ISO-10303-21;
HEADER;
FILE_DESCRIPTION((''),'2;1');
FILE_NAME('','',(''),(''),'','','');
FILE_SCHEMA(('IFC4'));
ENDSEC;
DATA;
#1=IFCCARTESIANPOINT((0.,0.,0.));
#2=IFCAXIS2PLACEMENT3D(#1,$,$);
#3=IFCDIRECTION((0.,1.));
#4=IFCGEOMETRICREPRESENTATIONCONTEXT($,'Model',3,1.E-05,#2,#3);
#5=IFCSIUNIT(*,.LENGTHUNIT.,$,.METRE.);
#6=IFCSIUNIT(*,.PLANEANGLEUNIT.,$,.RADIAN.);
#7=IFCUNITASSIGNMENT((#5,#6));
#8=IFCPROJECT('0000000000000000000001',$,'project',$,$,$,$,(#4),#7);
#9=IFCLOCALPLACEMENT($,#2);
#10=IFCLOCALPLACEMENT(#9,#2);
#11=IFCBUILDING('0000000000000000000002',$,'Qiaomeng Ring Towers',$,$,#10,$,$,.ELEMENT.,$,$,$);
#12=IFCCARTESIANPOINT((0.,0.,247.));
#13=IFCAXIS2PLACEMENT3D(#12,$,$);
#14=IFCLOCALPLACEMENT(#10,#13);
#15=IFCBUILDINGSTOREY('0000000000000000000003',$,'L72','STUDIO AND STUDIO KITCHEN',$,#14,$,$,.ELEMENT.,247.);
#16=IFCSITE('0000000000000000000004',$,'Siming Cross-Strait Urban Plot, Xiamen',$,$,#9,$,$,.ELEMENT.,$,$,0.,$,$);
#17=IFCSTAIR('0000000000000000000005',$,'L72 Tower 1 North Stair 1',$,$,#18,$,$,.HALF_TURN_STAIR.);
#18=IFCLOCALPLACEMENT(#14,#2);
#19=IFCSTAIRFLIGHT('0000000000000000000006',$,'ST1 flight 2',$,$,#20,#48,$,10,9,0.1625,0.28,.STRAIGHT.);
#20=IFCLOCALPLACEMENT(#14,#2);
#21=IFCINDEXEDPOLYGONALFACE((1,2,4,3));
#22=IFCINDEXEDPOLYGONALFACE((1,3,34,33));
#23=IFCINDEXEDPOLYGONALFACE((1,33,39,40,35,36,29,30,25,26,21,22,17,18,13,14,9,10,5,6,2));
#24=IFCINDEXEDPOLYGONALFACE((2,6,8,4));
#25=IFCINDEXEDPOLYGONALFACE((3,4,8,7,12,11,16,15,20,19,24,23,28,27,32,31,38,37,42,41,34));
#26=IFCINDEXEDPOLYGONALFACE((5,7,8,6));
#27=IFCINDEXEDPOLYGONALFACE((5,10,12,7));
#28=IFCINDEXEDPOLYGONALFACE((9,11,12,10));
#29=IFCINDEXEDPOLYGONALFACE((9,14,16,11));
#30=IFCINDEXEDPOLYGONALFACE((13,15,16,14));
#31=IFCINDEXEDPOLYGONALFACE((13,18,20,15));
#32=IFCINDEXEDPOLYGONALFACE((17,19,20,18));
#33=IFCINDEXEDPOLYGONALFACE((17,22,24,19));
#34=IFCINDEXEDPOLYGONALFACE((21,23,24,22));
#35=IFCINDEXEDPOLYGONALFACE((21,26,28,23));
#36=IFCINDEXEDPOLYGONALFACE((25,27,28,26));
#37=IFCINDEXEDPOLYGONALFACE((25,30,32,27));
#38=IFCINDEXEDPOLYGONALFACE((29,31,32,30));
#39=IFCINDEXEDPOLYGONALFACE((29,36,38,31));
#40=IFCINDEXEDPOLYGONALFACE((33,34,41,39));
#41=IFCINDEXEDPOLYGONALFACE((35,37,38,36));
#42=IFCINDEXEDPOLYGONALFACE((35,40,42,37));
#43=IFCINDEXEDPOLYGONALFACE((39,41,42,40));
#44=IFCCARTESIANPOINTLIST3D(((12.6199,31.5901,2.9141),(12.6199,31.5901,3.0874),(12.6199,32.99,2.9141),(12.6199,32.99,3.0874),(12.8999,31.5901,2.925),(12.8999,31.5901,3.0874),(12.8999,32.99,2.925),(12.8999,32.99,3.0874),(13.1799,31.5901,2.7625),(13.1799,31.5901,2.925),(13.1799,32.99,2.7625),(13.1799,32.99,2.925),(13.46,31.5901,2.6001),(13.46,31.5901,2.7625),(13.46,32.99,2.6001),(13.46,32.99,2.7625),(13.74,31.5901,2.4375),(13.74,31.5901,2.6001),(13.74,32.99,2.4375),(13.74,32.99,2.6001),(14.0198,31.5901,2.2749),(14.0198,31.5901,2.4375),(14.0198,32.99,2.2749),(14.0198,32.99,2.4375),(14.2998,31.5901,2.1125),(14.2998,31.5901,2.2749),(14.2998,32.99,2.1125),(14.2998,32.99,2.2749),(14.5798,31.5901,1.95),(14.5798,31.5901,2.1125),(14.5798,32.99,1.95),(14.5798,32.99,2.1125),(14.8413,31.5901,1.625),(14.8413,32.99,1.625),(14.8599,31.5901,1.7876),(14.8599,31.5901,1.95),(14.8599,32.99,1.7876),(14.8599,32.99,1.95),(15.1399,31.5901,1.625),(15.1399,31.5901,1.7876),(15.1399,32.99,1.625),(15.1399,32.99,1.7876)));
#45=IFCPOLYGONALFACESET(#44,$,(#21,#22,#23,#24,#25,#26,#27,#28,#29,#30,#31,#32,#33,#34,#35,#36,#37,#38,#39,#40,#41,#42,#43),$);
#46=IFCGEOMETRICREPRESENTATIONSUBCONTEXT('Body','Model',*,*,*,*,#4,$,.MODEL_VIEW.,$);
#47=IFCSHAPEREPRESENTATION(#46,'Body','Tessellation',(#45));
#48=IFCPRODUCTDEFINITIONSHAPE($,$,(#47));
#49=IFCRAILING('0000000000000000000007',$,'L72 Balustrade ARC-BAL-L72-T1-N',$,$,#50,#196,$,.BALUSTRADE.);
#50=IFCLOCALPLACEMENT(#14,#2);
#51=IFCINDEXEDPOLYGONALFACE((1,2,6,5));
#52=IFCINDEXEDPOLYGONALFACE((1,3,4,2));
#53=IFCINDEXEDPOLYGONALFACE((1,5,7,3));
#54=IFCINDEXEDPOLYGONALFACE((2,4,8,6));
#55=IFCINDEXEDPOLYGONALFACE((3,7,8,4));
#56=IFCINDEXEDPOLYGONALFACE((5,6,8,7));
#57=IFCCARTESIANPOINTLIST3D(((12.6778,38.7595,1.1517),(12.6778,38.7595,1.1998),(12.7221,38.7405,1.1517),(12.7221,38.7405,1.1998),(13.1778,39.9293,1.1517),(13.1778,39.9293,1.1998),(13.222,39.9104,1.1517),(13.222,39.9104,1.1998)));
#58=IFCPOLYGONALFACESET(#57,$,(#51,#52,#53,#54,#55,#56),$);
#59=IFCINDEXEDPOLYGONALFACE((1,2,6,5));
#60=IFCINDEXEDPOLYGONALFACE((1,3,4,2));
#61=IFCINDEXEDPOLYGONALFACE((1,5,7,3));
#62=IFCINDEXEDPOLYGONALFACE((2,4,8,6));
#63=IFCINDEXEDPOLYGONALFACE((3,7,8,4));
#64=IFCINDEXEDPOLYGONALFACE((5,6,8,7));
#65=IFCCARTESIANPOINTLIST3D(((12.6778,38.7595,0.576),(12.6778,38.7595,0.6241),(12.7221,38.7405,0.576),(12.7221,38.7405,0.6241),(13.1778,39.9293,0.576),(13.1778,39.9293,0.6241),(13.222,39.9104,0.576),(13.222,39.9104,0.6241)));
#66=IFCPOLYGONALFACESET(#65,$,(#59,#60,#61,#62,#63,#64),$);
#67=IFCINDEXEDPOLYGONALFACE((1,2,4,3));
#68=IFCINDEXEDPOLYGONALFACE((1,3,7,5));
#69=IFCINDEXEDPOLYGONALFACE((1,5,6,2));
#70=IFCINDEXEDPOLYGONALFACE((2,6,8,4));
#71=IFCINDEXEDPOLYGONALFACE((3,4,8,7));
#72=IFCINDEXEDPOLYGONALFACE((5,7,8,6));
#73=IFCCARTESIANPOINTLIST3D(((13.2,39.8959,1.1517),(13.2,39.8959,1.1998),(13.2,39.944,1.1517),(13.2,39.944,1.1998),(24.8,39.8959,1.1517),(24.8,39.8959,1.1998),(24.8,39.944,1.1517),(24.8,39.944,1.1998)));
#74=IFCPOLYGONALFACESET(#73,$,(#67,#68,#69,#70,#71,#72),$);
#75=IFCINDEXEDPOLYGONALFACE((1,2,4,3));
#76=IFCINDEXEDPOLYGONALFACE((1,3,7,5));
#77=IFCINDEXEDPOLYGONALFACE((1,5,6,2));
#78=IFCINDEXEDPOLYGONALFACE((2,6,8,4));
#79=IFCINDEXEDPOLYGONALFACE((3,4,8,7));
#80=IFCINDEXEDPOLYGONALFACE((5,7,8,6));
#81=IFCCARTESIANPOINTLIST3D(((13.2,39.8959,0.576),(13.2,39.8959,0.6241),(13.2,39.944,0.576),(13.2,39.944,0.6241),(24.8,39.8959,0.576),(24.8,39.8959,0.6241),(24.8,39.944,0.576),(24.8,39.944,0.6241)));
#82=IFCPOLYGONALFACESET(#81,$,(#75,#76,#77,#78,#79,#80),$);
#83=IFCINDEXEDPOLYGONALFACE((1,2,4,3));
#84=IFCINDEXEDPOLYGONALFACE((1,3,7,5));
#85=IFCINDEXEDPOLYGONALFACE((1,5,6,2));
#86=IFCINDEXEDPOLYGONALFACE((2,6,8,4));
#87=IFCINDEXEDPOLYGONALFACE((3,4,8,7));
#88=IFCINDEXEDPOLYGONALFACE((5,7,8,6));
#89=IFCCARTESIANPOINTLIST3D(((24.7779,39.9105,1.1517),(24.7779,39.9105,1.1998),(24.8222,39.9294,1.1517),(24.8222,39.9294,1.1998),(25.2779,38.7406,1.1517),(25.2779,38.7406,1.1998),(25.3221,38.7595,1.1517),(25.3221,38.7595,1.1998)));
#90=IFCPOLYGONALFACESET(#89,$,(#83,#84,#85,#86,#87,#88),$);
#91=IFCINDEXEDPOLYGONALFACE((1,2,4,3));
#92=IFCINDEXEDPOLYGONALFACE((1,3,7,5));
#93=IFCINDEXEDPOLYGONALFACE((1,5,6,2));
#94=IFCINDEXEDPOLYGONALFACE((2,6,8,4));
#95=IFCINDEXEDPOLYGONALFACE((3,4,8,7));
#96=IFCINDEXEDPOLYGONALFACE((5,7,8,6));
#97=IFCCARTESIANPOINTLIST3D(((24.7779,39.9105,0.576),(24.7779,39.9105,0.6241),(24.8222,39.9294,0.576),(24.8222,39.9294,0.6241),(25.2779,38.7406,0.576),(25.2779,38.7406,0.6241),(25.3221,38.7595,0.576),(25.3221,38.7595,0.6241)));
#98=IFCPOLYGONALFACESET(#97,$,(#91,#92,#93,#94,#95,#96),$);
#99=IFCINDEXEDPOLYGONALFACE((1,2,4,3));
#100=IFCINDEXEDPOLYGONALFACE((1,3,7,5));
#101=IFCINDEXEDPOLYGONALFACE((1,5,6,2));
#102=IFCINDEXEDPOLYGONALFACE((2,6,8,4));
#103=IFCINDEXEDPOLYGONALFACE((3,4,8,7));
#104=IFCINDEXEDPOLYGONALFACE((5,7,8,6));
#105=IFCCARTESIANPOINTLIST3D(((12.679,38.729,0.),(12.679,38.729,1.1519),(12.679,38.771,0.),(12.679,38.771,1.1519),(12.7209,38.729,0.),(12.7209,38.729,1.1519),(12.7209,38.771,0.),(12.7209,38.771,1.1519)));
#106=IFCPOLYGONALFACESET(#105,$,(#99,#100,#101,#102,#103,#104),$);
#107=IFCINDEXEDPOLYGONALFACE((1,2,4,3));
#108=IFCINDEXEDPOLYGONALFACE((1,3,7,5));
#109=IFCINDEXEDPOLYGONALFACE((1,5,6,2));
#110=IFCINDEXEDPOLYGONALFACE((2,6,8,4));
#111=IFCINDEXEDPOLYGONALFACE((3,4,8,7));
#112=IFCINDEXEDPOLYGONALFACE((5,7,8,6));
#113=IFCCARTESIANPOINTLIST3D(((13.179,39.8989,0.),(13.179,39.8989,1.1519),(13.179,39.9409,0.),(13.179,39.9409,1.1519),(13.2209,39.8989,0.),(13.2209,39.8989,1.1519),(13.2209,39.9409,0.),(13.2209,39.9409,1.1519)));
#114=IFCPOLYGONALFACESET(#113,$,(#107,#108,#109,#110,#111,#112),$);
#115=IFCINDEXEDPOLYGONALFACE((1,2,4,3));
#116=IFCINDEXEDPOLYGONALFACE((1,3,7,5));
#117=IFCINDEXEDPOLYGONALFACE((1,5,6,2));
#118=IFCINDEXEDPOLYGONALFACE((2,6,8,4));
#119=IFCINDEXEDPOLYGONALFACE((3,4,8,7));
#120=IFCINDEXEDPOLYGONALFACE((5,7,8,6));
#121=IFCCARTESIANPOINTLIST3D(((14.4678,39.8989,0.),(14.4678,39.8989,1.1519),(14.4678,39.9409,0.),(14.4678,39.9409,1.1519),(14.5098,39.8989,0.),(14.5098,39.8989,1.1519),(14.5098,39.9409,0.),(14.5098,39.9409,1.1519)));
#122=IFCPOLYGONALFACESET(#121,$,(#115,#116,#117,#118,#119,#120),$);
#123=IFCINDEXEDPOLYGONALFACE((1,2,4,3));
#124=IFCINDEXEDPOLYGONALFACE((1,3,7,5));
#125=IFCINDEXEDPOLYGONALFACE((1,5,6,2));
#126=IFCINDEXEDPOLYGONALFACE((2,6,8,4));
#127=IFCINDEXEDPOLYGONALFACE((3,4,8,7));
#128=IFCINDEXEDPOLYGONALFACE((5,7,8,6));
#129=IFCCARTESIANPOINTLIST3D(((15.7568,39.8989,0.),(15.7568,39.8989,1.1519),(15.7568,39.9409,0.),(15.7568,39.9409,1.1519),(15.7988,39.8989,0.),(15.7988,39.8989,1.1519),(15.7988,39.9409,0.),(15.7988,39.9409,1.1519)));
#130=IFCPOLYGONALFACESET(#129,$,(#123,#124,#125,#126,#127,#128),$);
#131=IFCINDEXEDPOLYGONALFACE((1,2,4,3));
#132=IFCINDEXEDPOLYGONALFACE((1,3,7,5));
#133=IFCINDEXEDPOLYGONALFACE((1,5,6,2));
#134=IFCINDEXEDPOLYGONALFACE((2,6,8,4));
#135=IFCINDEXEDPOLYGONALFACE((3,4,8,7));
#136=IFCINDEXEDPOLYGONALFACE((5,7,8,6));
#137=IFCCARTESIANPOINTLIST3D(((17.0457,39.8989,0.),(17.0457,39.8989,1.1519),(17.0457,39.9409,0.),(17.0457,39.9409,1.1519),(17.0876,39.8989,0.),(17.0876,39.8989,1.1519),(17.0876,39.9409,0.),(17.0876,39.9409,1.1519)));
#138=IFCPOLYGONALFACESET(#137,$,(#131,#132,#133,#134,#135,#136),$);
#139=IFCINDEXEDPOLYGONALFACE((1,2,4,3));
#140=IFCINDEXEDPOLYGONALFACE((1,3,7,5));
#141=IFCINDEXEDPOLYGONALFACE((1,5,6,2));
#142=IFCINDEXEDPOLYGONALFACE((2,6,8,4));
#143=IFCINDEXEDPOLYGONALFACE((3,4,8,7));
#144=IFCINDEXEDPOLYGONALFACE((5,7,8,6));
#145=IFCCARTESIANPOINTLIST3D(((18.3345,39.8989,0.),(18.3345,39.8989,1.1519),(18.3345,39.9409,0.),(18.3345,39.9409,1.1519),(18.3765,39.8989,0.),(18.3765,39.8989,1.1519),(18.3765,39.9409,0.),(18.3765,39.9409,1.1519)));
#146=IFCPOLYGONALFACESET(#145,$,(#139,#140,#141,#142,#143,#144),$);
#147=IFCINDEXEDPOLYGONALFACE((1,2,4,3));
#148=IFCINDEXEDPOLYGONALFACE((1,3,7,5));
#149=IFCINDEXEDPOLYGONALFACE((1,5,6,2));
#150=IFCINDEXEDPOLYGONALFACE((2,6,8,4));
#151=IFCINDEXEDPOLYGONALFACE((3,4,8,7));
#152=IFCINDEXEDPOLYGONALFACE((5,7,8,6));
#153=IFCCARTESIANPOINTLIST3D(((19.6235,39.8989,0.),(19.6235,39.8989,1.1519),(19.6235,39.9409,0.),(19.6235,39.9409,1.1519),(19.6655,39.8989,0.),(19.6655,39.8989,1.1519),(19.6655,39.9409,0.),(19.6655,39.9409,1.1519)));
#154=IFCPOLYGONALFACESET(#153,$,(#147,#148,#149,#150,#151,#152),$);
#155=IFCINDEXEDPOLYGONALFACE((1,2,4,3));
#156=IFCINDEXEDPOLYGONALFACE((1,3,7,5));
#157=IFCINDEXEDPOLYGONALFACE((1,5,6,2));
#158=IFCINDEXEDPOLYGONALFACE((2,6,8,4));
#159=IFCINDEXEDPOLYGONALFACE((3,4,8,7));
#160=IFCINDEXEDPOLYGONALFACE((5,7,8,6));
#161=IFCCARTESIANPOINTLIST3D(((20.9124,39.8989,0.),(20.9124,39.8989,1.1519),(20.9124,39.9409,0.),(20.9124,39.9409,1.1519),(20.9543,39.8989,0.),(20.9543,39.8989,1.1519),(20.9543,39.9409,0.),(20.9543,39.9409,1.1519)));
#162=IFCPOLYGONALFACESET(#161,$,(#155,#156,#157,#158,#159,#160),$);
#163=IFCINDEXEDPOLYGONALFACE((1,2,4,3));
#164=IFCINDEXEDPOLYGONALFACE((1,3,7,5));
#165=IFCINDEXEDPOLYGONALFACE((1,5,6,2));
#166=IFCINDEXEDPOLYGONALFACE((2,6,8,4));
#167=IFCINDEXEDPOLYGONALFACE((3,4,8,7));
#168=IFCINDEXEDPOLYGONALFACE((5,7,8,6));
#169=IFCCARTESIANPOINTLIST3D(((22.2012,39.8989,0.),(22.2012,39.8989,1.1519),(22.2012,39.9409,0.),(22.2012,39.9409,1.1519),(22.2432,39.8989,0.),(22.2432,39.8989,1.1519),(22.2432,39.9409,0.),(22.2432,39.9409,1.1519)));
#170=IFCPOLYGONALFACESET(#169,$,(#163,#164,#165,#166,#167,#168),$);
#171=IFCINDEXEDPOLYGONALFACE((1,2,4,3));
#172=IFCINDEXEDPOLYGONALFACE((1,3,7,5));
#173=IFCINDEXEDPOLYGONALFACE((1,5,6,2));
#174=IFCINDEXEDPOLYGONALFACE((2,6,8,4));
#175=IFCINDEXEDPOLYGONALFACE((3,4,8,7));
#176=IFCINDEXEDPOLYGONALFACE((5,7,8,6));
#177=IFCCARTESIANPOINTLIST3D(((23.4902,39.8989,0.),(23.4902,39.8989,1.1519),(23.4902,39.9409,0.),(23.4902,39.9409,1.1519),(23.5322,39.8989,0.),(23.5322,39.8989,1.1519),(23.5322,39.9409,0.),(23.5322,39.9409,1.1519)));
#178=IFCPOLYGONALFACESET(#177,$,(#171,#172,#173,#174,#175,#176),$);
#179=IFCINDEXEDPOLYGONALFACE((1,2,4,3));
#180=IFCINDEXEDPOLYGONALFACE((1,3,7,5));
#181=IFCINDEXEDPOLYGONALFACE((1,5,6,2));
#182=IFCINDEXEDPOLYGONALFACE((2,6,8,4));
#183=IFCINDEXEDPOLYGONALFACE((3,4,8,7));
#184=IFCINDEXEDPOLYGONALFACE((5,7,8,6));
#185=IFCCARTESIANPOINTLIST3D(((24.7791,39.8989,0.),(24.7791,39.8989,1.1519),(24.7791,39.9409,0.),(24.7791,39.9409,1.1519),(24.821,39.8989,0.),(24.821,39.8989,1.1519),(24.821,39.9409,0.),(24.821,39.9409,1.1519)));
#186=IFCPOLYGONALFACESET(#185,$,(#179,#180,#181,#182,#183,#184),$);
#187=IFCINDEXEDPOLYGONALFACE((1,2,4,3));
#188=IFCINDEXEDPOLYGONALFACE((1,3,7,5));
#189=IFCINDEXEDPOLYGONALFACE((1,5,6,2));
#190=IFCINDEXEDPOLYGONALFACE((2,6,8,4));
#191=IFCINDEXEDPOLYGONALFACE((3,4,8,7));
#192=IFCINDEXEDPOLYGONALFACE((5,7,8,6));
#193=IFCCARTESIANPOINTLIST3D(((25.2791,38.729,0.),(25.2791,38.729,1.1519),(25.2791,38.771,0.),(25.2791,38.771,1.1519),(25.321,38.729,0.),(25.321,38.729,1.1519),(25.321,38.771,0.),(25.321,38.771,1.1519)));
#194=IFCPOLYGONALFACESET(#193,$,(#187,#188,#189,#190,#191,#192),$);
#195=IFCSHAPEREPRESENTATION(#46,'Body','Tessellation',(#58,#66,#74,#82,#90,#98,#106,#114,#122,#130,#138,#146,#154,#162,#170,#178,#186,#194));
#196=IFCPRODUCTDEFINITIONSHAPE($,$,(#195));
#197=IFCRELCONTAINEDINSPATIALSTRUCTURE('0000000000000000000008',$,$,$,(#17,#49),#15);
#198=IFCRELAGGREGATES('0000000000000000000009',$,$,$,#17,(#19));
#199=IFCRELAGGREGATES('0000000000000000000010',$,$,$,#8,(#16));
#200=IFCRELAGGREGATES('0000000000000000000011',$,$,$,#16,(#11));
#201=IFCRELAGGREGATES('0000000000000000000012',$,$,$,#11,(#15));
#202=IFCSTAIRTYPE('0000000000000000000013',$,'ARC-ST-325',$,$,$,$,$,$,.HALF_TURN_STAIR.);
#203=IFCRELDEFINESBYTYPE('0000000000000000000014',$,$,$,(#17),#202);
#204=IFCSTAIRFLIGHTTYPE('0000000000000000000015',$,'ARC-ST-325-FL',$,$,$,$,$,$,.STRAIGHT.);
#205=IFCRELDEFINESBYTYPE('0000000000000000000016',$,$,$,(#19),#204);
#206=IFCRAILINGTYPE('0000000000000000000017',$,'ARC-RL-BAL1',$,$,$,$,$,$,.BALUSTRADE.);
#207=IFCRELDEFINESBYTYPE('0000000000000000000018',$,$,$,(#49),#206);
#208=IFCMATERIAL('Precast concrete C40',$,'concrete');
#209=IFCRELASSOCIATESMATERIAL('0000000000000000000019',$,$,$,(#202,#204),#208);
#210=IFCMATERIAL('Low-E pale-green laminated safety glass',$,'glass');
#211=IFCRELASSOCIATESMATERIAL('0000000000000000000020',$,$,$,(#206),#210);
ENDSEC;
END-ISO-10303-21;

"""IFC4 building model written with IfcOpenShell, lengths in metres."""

from ifc_helpers import new_model, si_unit, direction, frame, origin, origin_2d, place, context, subcontext, project, spatial, polyline, rectangle, outline, extrude, source, transform, mapped, material, type_object, element, aggregate, save


model = new_model("IFC4")

# Units and contexts
model_context = context("Model", 3, precision=1e-05, world=origin(), true_north=direction((0.0, 1.0)))
body_context = subcontext(model_context, "Body", "Model", "MODEL_VIEW")
ifc_project = project(units=[si_unit("LENGTHUNIT", "METRE"), si_unit("PLANEANGLEUNIT", "RADIAN")], contexts=[model_context])

# Site, building, storey
site_placement = place(None, origin())
site = spatial("IfcSite", under=ifc_project, at=site_placement, Name="Siming Cross-Strait Urban Plot, Xiamen", CompositionType="ELEMENT", RefElevation=0.0)
building_placement = place(site_placement, origin())
building = spatial("IfcBuilding", under=site, at=building_placement, Name="Qiaomeng Ring Towers", CompositionType="ELEMENT")
storey_placement = place(building_placement, frame((0.0, 0.0, 247.0)))
storey = spatial("IfcBuildingStorey", under=building, at=storey_placement, Name="L72", Description="STUDIO AND STUDIO KITCHEN", CompositionType="ELEMENT", Elevation=247.0)

# Stair, stair flight
ifc_material_1 = material(Name="Precast concrete C40", Category="concrete")
stair_type = type_object("IfcStairType", Name="ARC-ST-325", PredefinedType="HALF_TURN_STAIR", material=ifc_material_1)
stair_placement = place(storey_placement, origin())
stair = element("IfcStair", 1, at=stair_placement, inside=storey, type_object=stair_type, Name="L72 Tower 1 North Stair 1", PredefinedType="HALF_TURN_STAIR")
stair_flight_type = type_object("IfcStairFlightType", Name="ARC-ST-325-FL", PredefinedType="STRAIGHT", material=ifc_material_1)
shared_shape_1 = source(origin(), body_context, "Body", "SweptSolid", [
    extrude(outline(polyline([(0.0, 0.0), (0.0, 0.1626), (0.28, 0.1626), (0.28, 0.325), (0.5601, 0.325), (0.5601, 0.4875), (0.8401, 0.4875), (0.8401, 0.6499), (1.1201, 0.6499), (1.1201, 0.8125), (1.3999, 0.8125), (1.3999, 0.9751), (1.6799, 0.9751), (1.6799, 1.1375), (1.96, 1.1375), (1.96, 1.3), (2.24, 1.3), (2.24, 1.4624), (2.52, 1.4624), (2.52, 1.625), (2.52, 1.2891), (0.2986, 0.0), (0.0, 0.0)])), frame((0.0, 0.7, 0.0), z_axis=(0.0, -1.0, 0.0), x_axis=(1.0, 0.0, 0.0)), (0.0, 0.0, 1.0), 1.3999),
])
stair_flight_placement = place(storey_placement, frame((15.1399, 32.29, 1.625), z_axis=(0.0, 0.0, 1.0), x_axis=(-1.0, 0.0, 0.0)))
stair_flight = element("IfcStairFlight", 2, at=stair_flight_placement, type_object=stair_flight_type, Name="ST1 flight 2", NumberOfRisers=10, NumberOfTreads=9, PredefinedType="STRAIGHT", RiserHeight=0.1625, TreadLength=0.28, context=body_context, shape_type="MappedRepresentation", body=[
    mapped(shared_shape_1, transform((0.0, 0.0, 0.0), x_axis=(1.0, 0.0, 0.0), y_axis=(0.0, 1.0, 0.0), z_axis=(0.0, 0.0, 1.0), scale=1.0)),
])
aggregate(stair, [stair_flight])

# Railing
ifc_material_2 = material(Name="Low-E pale-green laminated safety glass", Category="glass")
railing_type_1 = type_object("IfcRailingType", Name="ARC-RL-BAL1", PredefinedType="BALUSTRADE", material=ifc_material_2)
railing_1_placement = place(storey_placement, frame((12.7, 38.75, 0.0)))
element("IfcRailing", 3, at=railing_1_placement, inside=storey, type_object=railing_type_1, Name="L72 Balustrade ARC-BAL-L72-T1-N", PredefinedType="BALUSTRADE", context=body_context, shape_type="SweptSolid", body=[
    extrude(rectangle(XDim=0.0481, YDim=0.0481, at=origin_2d()), frame((0.0, 0.0, 1.1758), z_axis=(0.392993, 0.919542, 0.0), x_axis=(-0.919542, 0.392993, 0.0)), (0.0, 0.0, 1.0), 1.2722),
    extrude(rectangle(XDim=0.0481, YDim=0.0481, at=origin_2d()), frame((0.0, 0.0, 0.6001), z_axis=(0.392993, 0.919542, 0.0), x_axis=(-0.919542, 0.392993, 0.0)), (0.0, 0.0, 1.0), 1.2722),
    extrude(rectangle(XDim=0.0481, YDim=0.0481, at=origin_2d()), frame((0.5, 1.1699, 1.1758), z_axis=(1.0, 0.0, 0.0), x_axis=(0.0, 1.0, 0.0)), (0.0, 0.0, 1.0), 11.6001),
    extrude(rectangle(XDim=0.0481, YDim=0.0481, at=origin_2d()), frame((0.5, 1.1699, 0.6001), z_axis=(1.0, 0.0, 0.0), x_axis=(0.0, 1.0, 0.0)), (0.0, 0.0, 1.0), 11.6001),
    extrude(rectangle(XDim=0.0481, YDim=0.0481, at=origin_2d()), frame((12.1001, 1.1699, 1.1758), z_axis=(0.392993, -0.919542, 0.0), x_axis=(0.919542, 0.392993, 0.0)), (0.0, 0.0, 1.0), 1.2722),
    extrude(rectangle(XDim=0.0481, YDim=0.0481, at=origin_2d()), frame((12.1001, 1.1699, 0.6001), z_axis=(0.392993, -0.919542, 0.0), x_axis=(0.919542, 0.392993, 0.0)), (0.0, 0.0, 1.0), 1.2722),
    extrude(rectangle(XDim=0.042, YDim=0.042, at=origin_2d()), origin(), (0.0, 0.0, 1.0), 1.1519),
    extrude(rectangle(XDim=0.042, YDim=0.042, at=origin_2d()), frame((0.5, 1.1699, 0.0)), (0.0, 0.0, 1.0), 1.1519),
    extrude(rectangle(XDim=0.042, YDim=0.042, at=origin_2d()), frame((1.7888, 1.1699, 0.0)), (0.0, 0.0, 1.0), 1.1519),
    extrude(rectangle(XDim=0.042, YDim=0.042, at=origin_2d()), frame((3.0779, 1.1699, 0.0)), (0.0, 0.0, 1.0), 1.1519),
    extrude(rectangle(XDim=0.042, YDim=0.042, at=origin_2d()), frame((4.3667, 1.1699, 0.0)), (0.0, 0.0, 1.0), 1.1519),
    extrude(rectangle(XDim=0.042, YDim=0.042, at=origin_2d()), frame((5.6555, 1.1699, 0.0)), (0.0, 0.0, 1.0), 1.1519),
    extrude(rectangle(XDim=0.042, YDim=0.042, at=origin_2d()), frame((6.9446, 1.1699, 0.0)), (0.0, 0.0, 1.0), 1.1519),
    extrude(rectangle(XDim=0.042, YDim=0.042, at=origin_2d()), frame((8.2334, 1.1699, 0.0)), (0.0, 0.0, 1.0), 1.1519),
    extrude(rectangle(XDim=0.042, YDim=0.042, at=origin_2d()), frame((9.5222, 1.1699, 0.0)), (0.0, 0.0, 1.0), 1.1519),
    extrude(rectangle(XDim=0.042, YDim=0.042, at=origin_2d()), frame((10.8113, 1.1699, 0.0)), (0.0, 0.0, 1.0), 1.1519),
    extrude(rectangle(XDim=0.042, YDim=0.042, at=origin_2d()), frame((12.1001, 1.1699, 0.0)), (0.0, 0.0, 1.0), 1.1519),
    extrude(rectangle(XDim=0.042, YDim=0.042, at=origin_2d()), frame((12.6001, 0.0, 0.0)), (0.0, 0.0, 1.0), 1.1519),
])

save(model, "model.ifc")
